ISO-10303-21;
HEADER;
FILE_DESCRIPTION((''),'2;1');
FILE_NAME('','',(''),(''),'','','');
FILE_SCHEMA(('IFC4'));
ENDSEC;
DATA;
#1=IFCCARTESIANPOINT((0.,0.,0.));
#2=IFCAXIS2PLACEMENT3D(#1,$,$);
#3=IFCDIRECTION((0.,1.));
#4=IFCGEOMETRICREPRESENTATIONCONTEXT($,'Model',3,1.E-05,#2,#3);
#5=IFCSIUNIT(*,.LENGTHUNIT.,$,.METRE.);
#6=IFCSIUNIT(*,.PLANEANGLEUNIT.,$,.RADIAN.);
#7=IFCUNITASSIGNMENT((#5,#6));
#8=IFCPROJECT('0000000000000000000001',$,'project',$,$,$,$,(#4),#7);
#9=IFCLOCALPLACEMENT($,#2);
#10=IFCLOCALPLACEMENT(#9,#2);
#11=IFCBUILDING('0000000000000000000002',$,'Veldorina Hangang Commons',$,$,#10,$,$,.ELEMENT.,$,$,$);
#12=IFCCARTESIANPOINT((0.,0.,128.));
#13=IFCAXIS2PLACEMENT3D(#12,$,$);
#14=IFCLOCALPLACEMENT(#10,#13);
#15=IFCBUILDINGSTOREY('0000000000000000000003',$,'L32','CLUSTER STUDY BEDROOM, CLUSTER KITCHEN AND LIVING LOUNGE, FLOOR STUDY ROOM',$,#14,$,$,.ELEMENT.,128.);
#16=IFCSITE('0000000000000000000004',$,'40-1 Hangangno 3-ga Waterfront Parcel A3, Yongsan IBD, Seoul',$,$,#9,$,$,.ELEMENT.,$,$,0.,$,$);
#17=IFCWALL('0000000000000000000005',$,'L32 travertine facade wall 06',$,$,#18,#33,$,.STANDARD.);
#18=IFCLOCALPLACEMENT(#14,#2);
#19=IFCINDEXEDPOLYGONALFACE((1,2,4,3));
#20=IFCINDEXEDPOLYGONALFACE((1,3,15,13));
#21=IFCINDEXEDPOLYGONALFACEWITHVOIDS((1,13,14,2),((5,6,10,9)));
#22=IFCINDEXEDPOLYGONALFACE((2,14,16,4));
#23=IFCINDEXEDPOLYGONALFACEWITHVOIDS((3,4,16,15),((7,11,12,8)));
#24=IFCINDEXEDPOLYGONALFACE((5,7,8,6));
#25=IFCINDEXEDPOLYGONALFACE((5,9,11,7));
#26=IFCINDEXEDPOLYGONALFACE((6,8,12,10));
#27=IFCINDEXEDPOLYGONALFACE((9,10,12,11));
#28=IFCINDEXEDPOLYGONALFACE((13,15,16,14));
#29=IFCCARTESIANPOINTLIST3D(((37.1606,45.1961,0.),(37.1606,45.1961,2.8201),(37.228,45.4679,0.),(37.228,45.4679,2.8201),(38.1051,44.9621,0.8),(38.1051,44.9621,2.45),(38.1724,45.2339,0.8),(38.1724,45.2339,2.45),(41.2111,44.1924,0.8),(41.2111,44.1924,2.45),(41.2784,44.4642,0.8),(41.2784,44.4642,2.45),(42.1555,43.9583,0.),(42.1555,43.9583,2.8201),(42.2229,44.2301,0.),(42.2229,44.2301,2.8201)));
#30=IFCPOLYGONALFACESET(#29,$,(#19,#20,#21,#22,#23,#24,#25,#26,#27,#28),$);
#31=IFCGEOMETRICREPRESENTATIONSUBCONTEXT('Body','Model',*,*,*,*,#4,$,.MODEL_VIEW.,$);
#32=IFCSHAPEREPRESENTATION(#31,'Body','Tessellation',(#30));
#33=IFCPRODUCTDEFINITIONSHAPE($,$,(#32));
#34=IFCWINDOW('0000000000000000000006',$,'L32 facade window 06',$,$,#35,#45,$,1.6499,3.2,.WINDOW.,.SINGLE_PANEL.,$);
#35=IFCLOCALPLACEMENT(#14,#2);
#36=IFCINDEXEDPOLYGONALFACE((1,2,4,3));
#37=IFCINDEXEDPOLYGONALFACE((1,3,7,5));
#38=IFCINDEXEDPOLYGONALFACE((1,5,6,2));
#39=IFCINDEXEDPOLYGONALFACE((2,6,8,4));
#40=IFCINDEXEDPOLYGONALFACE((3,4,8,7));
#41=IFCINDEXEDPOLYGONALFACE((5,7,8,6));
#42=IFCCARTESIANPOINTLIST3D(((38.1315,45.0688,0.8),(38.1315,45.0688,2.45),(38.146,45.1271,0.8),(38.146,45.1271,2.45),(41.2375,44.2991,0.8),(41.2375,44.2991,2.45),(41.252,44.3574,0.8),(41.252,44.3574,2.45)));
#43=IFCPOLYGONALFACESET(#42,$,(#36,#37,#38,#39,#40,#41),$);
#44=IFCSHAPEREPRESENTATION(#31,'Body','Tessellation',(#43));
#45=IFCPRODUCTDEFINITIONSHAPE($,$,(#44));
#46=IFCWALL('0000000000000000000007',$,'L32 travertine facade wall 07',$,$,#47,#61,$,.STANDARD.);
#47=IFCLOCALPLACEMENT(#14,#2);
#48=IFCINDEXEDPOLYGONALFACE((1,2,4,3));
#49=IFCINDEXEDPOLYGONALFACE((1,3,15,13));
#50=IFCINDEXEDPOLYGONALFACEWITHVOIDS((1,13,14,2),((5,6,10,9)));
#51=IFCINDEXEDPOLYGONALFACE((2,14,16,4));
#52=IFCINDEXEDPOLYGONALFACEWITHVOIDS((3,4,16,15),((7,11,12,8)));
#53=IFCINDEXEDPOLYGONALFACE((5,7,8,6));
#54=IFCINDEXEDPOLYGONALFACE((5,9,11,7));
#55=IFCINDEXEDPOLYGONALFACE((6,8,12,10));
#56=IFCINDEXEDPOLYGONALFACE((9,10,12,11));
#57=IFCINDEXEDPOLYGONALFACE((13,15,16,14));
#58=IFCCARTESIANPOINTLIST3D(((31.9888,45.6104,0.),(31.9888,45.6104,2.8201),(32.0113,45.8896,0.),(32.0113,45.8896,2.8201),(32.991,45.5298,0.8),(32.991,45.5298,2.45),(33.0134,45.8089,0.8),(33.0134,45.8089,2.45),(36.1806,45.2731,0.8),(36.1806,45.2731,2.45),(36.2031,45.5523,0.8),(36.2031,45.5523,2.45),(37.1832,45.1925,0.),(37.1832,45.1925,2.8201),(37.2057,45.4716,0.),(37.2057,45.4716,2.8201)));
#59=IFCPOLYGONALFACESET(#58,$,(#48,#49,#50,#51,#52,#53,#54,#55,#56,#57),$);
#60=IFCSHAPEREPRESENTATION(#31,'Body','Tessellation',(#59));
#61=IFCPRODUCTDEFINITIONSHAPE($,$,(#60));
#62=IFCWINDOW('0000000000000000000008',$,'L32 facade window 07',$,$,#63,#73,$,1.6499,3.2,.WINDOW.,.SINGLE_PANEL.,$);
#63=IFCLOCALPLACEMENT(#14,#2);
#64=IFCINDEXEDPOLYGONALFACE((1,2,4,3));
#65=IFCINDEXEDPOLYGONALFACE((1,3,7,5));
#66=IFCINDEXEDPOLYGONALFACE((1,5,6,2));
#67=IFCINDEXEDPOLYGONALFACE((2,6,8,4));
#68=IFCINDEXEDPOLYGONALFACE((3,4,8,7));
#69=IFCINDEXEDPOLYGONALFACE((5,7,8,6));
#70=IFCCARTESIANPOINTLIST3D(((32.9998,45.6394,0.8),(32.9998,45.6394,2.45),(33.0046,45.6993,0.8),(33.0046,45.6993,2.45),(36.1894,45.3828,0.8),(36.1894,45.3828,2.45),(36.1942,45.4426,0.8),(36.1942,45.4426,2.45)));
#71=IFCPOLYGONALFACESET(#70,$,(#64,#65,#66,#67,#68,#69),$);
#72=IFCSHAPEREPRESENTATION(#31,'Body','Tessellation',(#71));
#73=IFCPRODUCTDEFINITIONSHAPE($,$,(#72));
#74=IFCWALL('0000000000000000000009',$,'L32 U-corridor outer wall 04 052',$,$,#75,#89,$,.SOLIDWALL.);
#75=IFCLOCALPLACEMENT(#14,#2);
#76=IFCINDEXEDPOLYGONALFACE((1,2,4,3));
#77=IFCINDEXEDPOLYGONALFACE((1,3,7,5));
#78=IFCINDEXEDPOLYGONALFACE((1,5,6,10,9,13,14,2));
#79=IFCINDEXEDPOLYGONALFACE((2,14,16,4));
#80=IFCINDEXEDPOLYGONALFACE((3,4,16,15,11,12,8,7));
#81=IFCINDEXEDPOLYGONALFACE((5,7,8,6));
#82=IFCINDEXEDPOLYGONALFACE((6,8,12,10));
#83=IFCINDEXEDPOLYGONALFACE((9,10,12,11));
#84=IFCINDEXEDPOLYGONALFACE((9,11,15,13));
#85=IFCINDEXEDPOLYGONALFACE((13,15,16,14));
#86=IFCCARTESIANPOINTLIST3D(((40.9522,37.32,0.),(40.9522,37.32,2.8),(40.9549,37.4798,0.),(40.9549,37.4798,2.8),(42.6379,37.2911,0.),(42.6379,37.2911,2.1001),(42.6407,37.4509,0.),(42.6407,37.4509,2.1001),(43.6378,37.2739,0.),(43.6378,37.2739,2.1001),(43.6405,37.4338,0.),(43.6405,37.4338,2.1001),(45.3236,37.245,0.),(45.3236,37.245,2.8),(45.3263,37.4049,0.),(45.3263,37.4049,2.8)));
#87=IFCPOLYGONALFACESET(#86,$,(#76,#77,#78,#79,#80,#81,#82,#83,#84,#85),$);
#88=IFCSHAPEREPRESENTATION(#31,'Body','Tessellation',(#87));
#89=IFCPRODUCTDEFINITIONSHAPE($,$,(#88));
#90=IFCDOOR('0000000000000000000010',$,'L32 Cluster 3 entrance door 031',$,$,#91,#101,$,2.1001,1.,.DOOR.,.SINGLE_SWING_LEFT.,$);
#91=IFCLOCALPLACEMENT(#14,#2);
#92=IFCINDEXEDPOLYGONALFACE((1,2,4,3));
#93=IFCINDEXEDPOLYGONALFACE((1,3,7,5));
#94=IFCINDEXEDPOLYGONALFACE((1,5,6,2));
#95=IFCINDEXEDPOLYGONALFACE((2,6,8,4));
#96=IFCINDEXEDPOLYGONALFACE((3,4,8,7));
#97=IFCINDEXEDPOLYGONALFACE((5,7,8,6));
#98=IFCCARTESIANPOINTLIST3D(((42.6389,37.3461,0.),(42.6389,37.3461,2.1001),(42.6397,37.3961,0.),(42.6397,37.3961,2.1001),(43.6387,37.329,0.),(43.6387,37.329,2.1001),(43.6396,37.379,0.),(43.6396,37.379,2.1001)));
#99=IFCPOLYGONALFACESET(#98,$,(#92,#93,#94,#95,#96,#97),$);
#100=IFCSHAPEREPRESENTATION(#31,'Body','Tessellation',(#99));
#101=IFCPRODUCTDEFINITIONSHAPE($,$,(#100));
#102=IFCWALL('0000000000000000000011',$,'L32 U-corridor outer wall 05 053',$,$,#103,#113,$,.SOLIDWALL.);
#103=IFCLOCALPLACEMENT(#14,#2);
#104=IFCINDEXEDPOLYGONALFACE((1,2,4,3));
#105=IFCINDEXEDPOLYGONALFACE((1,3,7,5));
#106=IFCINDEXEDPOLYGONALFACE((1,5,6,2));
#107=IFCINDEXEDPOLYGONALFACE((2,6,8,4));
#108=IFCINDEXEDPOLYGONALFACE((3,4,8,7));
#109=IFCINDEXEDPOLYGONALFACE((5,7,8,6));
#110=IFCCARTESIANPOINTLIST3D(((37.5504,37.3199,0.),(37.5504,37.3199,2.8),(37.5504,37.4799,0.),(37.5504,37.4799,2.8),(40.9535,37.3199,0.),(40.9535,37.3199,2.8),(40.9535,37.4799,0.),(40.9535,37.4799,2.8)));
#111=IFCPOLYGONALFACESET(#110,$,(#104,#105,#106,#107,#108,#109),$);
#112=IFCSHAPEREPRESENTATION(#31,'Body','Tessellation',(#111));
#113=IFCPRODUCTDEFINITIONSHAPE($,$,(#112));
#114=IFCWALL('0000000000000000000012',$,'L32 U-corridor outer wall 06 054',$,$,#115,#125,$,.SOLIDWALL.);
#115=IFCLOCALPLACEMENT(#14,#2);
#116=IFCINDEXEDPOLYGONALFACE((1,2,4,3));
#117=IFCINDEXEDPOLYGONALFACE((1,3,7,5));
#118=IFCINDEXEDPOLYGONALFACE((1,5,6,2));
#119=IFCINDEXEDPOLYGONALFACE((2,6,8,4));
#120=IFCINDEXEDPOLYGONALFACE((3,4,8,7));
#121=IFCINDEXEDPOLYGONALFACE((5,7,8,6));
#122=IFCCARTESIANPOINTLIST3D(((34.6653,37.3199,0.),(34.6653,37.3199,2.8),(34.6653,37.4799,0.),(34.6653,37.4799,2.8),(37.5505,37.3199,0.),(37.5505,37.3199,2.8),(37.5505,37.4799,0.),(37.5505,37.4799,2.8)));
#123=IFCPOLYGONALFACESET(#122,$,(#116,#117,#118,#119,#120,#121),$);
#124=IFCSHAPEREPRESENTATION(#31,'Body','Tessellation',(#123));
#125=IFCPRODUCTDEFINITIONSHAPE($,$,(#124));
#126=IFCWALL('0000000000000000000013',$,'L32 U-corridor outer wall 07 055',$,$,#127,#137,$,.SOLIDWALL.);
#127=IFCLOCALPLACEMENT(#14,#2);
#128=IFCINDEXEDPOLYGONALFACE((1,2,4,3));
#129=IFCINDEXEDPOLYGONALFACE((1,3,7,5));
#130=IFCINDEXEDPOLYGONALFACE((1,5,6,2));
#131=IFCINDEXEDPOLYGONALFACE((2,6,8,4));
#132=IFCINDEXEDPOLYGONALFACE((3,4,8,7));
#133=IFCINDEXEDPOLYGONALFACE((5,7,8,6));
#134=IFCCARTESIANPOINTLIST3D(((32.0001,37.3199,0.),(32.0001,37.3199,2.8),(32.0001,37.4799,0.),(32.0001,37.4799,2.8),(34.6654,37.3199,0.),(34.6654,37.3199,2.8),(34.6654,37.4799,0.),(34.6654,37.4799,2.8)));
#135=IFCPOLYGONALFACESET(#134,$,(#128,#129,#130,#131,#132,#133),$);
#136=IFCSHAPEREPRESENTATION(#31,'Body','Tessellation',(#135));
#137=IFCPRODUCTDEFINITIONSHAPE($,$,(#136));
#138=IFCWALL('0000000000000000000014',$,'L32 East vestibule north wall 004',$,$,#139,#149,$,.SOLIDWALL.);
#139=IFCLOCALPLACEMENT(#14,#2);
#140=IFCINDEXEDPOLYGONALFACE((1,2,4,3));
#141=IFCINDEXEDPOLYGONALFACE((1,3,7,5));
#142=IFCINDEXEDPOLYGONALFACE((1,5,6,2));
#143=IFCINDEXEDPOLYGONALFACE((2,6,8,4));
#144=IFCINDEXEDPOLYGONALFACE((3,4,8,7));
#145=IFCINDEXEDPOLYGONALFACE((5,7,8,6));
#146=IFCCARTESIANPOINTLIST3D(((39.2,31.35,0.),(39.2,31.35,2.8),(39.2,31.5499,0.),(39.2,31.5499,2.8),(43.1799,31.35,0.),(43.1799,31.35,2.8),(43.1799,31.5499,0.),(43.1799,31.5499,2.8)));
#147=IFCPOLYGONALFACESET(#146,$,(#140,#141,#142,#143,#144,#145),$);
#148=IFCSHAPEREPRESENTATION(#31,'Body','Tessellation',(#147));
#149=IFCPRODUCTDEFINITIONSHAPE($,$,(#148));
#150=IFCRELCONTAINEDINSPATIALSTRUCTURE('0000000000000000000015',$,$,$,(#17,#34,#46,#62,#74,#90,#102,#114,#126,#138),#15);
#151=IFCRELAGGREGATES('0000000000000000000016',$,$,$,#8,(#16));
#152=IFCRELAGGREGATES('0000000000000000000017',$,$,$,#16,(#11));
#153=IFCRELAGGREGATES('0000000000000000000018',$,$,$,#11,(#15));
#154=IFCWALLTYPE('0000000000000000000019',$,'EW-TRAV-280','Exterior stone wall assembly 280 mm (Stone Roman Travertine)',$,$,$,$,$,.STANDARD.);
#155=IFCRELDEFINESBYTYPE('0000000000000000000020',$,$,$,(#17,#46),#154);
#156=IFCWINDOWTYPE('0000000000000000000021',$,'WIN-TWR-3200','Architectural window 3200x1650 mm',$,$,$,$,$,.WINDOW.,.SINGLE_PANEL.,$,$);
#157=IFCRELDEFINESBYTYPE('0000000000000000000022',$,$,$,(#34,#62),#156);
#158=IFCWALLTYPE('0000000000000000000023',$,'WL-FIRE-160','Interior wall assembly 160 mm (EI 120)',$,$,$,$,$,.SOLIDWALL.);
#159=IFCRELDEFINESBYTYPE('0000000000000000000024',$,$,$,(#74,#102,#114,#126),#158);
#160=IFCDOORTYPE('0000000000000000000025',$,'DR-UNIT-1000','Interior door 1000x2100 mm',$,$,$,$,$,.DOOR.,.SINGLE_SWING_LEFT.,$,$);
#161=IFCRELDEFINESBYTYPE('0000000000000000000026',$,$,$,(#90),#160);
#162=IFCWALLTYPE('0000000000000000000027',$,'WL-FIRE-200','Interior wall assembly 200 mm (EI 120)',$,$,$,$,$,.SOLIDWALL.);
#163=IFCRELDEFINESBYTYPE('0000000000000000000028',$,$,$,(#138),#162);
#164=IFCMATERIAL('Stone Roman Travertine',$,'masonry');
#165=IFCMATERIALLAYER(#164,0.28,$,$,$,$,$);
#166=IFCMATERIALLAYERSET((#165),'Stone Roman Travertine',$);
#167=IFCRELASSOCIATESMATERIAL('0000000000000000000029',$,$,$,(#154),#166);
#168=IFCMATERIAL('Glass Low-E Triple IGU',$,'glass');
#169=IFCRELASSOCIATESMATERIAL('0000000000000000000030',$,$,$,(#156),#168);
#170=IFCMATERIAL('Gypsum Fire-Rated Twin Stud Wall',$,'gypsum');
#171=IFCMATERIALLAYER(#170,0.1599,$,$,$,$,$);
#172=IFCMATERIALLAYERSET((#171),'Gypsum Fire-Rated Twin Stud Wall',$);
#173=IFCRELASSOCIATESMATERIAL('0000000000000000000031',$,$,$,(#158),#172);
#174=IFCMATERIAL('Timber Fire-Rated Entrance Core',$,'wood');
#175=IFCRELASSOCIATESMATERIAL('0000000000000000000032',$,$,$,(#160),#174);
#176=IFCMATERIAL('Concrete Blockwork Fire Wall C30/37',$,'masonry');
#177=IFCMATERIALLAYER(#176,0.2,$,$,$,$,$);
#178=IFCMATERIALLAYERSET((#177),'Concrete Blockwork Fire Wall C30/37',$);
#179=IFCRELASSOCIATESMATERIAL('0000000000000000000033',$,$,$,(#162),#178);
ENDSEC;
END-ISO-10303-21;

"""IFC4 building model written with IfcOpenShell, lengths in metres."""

from ifc_helpers import new_model, si_unit, direction, frame, frame_2d, origin, place, context, subcontext, project, spatial, rectangle, extrude, material, layer, layer_set, type_object, element, fill, save


model = new_model("IFC4")

# Units and contexts
model_context = context("Model", 3, precision=1e-05, world=origin(), true_north=direction((0.0, 1.0)))
body_context = subcontext(model_context, "Body", "Model", "MODEL_VIEW")
ifc_project = project(units=[si_unit("LENGTHUNIT", "METRE"), si_unit("PLANEANGLEUNIT", "RADIAN")], contexts=[model_context])

# Site, building, storey
site_placement = place(None, origin())
site = spatial("IfcSite", under=ifc_project, at=site_placement, Name="40-1 Hangangno 3-ga Waterfront Parcel A3, Yongsan IBD, Seoul", CompositionType="ELEMENT", RefElevation=0.0)
building_placement = place(site_placement, origin())
building = spatial("IfcBuilding", under=site, at=building_placement, Name="Veldorina Hangang Commons", CompositionType="ELEMENT")
storey_placement = place(building_placement, frame((0.0, 0.0, 128.0)))
storey = spatial("IfcBuildingStorey", under=building, at=storey_placement, Name="L32", Description="CLUSTER STUDY BEDROOM, CLUSTER KITCHEN AND LIVING LOUNGE, FLOOR STUDY ROOM", CompositionType="ELEMENT", Elevation=128.0)

# Shared definitions
ifc_material_1 = material(Name="Stone Roman Travertine", Category="masonry")
ifc_layer_1 = layer(ifc_material_1, 0.28)
ifc_layer_set_1 = layer_set([ifc_layer_1], Name="Stone Roman Travertine")
wall_type_1 = type_object("IfcWallType", Name="EW-TRAV-280", Description="Exterior stone wall assembly 280 mm (Stone Roman Travertine)", PredefinedType="STANDARD", material=ifc_layer_set_1)

# Walls, openings, windows
wall_1_placement = place(storey_placement, frame((42.1892, 44.0942, 0.0), z_axis=(0.0, 0.0, 1.0), x_axis=(-0.97064, 0.240537, 0.0)))
wall_1 = element("IfcWall", 1, at=wall_1_placement, inside=storey, type_object=wall_type_1, Name="L32 travertine facade wall 06", PredefinedType="STANDARD", context=body_context, shape_type="SweptSolid", body=[
    extrude(rectangle(XDim=5.146, YDim=0.28, at=frame_2d((2.573, 0.0))), origin(), (0.0, 0.0, 1.0), 2.8201),
])
opening_1_placement = place(wall_1_placement, frame((0.9729, 0.0, 0.8)))
opening_1 = element("IfcOpeningElement", 2, at=opening_1_placement, cuts=wall_1, PredefinedType="OPENING", context=body_context, shape_type="SweptSolid", body=[
    extrude(rectangle(XDim=3.2, YDim=1.6499, at=frame_2d((1.6001, 0.825))), frame((0.0, 0.1499, 0.0), z_axis=(0.0, -1.0, 0.0), x_axis=(1.0, 0.0, 0.0)), (0.0, 0.0, 1.0), 0.3),
])
ifc_material_2 = material(Name="Glass Low-E Triple IGU", Category="glass")
window_type = type_object("IfcWindowType", Name="WIN-TWR-3200", Description="Architectural window 3200x1650 mm", PartitioningType="SINGLE_PANEL", PredefinedType="WINDOW", material=ifc_material_2)
window_1_placement = place(opening_1_placement, origin())
window_1 = element("IfcWindow", 3, at=window_1_placement, inside=storey, type_object=window_type, Name="L32 facade window 06", OverallHeight=1.6499, OverallWidth=3.2, PartitioningType="SINGLE_PANEL", PredefinedType="WINDOW", context=body_context, shape_type="SweptSolid", body=[
    extrude(rectangle(XDim=3.2, YDim=1.6499, at=frame_2d((1.6001, 0.825))), frame((0.0, 0.03, 0.0), z_axis=(0.0, -1.0, 0.0), x_axis=(1.0, 0.0, 0.0)), (0.0, 0.0, 1.0), 0.0601),
])
fill(opening_1, window_1)
wall_2_placement = place(storey_placement, frame((37.1943, 45.332, 0.0), z_axis=(0.0, 0.0, 1.0), x_axis=(-0.996778, 0.080207, 0.0)))
wall_2 = element("IfcWall", 4, at=wall_2_placement, inside=storey, type_object=wall_type_1, Name="L32 travertine facade wall 07", PredefinedType="STANDARD", context=body_context, shape_type="SweptSolid", body=[
    extrude(rectangle(XDim=5.2112, YDim=0.28, at=frame_2d((2.6055, 0.0))), origin(), (0.0, 0.0, 1.0), 2.8201),
])
opening_2_placement = place(wall_2_placement, frame((1.0056, 0.0, 0.8)))
opening_2 = element("IfcOpeningElement", 5, at=opening_2_placement, cuts=wall_2, PredefinedType="OPENING", context=body_context, shape_type="SweptSolid", body=[
    extrude(rectangle(XDim=3.2, YDim=1.6499, at=frame_2d((1.6001, 0.825))), frame((0.0, 0.1499, 0.0), z_axis=(0.0, -1.0, 0.0), x_axis=(1.0, 0.0, 0.0)), (0.0, 0.0, 1.0), 0.3),
])
window_2_placement = place(opening_2_placement, origin())
window_2 = element("IfcWindow", 6, at=window_2_placement, inside=storey, type_object=window_type, Name="L32 facade window 07", OverallHeight=1.6499, OverallWidth=3.2, PartitioningType="SINGLE_PANEL", PredefinedType="WINDOW", context=body_context, shape_type="SweptSolid", body=[
    extrude(rectangle(XDim=3.2, YDim=1.6499, at=frame_2d((1.6001, 0.825))), frame((0.0, 0.03, 0.0), z_axis=(0.0, -1.0, 0.0), x_axis=(1.0, 0.0, 0.0)), (0.0, 0.0, 1.0), 0.0601),
])
fill(opening_2, window_2)

# Wall, opening, door
ifc_material_3 = material(Name="Gypsum Fire-Rated Twin Stud Wall", Category="gypsum")
ifc_layer_2 = layer(ifc_material_3, 0.1599)
ifc_layer_set_2 = layer_set([ifc_layer_2], Name="Gypsum Fire-Rated Twin Stud Wall")
wall_type_2 = type_object("IfcWallType", Name="WL-FIRE-160", Description="Interior wall assembly 160 mm (EI 120)", PredefinedType="SOLIDWALL", material=ifc_layer_set_2)
wall_3_placement = place(storey_placement, frame((45.325, 37.325, 0.0), z_axis=(0.0, 0.0, 1.0), x_axis=(-0.999853, 0.017144, 0.0)))
wall_3 = element("IfcWall", 7, at=wall_3_placement, inside=storey, type_object=wall_type_2, Name="L32 U-corridor outer wall 04 052", PredefinedType="SOLIDWALL", context=body_context, shape_type="SweptSolid", body=[
    extrude(rectangle(XDim=4.3721, YDim=0.1599, at=frame_2d((2.186, 0.0))), origin(), (0.0, 0.0, 1.0), 2.8),
])
opening_3_placement = place(wall_3_placement, frame((1.686, 0.0, 0.0)))
opening_3 = element("IfcOpeningElement", 8, at=opening_3_placement, cuts=wall_3, PredefinedType="OPENING", context=body_context, shape_type="SweptSolid", body=[
    extrude(rectangle(XDim=1.0, YDim=2.1001, at=frame_2d((0.5, 1.05))), frame((0.0, 0.0898, 0.0), z_axis=(0.0, -1.0, 0.0), x_axis=(1.0, 0.0, 0.0)), (0.0, 0.0, 1.0), 0.1799),
])
ifc_material_4 = material(Name="Timber Fire-Rated Entrance Core", Category="wood")
door_type_1 = type_object("IfcDoorType", Name="DR-UNIT-1000", Description="Interior door 1000x2100 mm", OperationType="SINGLE_SWING_LEFT", PredefinedType="DOOR", material=ifc_material_4)
door_1_placement = place(opening_3_placement, origin())
door_1 = element("IfcDoor", 9, at=door_1_placement, inside=storey, type_object=door_type_1, Name="L32 Cluster 3 entrance door 031", OperationType="SINGLE_SWING_LEFT", OverallHeight=2.1001, OverallWidth=1.0, PredefinedType="DOOR", context=body_context, shape_type="SweptSolid", body=[
    extrude(rectangle(XDim=1.0, YDim=2.1001, at=frame_2d((0.5, 1.05))), frame((0.0, 0.0249, 0.0), z_axis=(0.0, -1.0, 0.0), x_axis=(1.0, 0.0, 0.0)), (0.0, 0.0, 1.0), 0.05),
])
fill(opening_3, door_1)

# Walls
wall_4_placement = place(storey_placement, frame((40.9536, 37.3999, 0.0), z_axis=(0.0, 0.0, 1.0), x_axis=(-1.0, 0.0, 0.0)))
element("IfcWall", 10, at=wall_4_placement, inside=storey, type_object=wall_type_2, Name="L32 U-corridor outer wall 05 053", PredefinedType="SOLIDWALL", context=body_context, shape_type="SweptSolid", body=[
    extrude(rectangle(XDim=3.4031, YDim=0.1599, at=frame_2d((1.7017, 0.0))), origin(), (0.0, 0.0, 1.0), 2.8),
])
wall_5_placement = place(storey_placement, frame((37.5505, 37.3999, 0.0), z_axis=(0.0, 0.0, 1.0), x_axis=(-1.0, 0.0, 0.0)))
element("IfcWall", 11, at=wall_5_placement, inside=storey, type_object=wall_type_2, Name="L32 U-corridor outer wall 06 054", PredefinedType="SOLIDWALL", context=body_context, shape_type="SweptSolid", body=[
    extrude(rectangle(XDim=2.8853, YDim=0.1599, at=frame_2d((1.4426, 0.0))), origin(), (0.0, 0.0, 1.0), 2.8),
])
wall_6_placement = place(storey_placement, frame((34.6653, 37.3999, 0.0), z_axis=(0.0, 0.0, 1.0), x_axis=(-1.0, 0.0, 0.0)))
element("IfcWall", 12, at=wall_6_placement, inside=storey, type_object=wall_type_2, Name="L32 U-corridor outer wall 07 055", PredefinedType="SOLIDWALL", context=body_context, shape_type="SweptSolid", body=[
    extrude(rectangle(XDim=2.6653, YDim=0.1599, at=frame_2d((1.3325, 0.0))), origin(), (0.0, 0.0, 1.0), 2.8),
])
ifc_material_5 = material(Name="Concrete Blockwork Fire Wall C30/37", Category="masonry")
ifc_layer_3 = layer(ifc_material_5, 0.2)
ifc_layer_set_3 = layer_set([ifc_layer_3], Name="Concrete Blockwork Fire Wall C30/37")
wall_type_3 = type_object("IfcWallType", Name="WL-FIRE-200", Description="Interior wall assembly 200 mm (EI 120)", PredefinedType="SOLIDWALL", material=ifc_layer_set_3)
wall_7_placement = place(storey_placement, frame((39.2, 31.45, 0.0), z_axis=(0.0, 0.0, 1.0), x_axis=(1.0, 0.0, 0.0)))
element("IfcWall", 13, at=wall_7_placement, inside=storey, type_object=wall_type_3, Name="L32 East vestibule north wall 004", PredefinedType="SOLIDWALL", context=body_context, shape_type="SweptSolid", body=[
    extrude(rectangle(XDim=3.98, YDim=0.2, at=frame_2d((1.99, 0.0))), origin(), (0.0, 0.0, 1.0), 2.8),
])

save(model, "model.ifc")
